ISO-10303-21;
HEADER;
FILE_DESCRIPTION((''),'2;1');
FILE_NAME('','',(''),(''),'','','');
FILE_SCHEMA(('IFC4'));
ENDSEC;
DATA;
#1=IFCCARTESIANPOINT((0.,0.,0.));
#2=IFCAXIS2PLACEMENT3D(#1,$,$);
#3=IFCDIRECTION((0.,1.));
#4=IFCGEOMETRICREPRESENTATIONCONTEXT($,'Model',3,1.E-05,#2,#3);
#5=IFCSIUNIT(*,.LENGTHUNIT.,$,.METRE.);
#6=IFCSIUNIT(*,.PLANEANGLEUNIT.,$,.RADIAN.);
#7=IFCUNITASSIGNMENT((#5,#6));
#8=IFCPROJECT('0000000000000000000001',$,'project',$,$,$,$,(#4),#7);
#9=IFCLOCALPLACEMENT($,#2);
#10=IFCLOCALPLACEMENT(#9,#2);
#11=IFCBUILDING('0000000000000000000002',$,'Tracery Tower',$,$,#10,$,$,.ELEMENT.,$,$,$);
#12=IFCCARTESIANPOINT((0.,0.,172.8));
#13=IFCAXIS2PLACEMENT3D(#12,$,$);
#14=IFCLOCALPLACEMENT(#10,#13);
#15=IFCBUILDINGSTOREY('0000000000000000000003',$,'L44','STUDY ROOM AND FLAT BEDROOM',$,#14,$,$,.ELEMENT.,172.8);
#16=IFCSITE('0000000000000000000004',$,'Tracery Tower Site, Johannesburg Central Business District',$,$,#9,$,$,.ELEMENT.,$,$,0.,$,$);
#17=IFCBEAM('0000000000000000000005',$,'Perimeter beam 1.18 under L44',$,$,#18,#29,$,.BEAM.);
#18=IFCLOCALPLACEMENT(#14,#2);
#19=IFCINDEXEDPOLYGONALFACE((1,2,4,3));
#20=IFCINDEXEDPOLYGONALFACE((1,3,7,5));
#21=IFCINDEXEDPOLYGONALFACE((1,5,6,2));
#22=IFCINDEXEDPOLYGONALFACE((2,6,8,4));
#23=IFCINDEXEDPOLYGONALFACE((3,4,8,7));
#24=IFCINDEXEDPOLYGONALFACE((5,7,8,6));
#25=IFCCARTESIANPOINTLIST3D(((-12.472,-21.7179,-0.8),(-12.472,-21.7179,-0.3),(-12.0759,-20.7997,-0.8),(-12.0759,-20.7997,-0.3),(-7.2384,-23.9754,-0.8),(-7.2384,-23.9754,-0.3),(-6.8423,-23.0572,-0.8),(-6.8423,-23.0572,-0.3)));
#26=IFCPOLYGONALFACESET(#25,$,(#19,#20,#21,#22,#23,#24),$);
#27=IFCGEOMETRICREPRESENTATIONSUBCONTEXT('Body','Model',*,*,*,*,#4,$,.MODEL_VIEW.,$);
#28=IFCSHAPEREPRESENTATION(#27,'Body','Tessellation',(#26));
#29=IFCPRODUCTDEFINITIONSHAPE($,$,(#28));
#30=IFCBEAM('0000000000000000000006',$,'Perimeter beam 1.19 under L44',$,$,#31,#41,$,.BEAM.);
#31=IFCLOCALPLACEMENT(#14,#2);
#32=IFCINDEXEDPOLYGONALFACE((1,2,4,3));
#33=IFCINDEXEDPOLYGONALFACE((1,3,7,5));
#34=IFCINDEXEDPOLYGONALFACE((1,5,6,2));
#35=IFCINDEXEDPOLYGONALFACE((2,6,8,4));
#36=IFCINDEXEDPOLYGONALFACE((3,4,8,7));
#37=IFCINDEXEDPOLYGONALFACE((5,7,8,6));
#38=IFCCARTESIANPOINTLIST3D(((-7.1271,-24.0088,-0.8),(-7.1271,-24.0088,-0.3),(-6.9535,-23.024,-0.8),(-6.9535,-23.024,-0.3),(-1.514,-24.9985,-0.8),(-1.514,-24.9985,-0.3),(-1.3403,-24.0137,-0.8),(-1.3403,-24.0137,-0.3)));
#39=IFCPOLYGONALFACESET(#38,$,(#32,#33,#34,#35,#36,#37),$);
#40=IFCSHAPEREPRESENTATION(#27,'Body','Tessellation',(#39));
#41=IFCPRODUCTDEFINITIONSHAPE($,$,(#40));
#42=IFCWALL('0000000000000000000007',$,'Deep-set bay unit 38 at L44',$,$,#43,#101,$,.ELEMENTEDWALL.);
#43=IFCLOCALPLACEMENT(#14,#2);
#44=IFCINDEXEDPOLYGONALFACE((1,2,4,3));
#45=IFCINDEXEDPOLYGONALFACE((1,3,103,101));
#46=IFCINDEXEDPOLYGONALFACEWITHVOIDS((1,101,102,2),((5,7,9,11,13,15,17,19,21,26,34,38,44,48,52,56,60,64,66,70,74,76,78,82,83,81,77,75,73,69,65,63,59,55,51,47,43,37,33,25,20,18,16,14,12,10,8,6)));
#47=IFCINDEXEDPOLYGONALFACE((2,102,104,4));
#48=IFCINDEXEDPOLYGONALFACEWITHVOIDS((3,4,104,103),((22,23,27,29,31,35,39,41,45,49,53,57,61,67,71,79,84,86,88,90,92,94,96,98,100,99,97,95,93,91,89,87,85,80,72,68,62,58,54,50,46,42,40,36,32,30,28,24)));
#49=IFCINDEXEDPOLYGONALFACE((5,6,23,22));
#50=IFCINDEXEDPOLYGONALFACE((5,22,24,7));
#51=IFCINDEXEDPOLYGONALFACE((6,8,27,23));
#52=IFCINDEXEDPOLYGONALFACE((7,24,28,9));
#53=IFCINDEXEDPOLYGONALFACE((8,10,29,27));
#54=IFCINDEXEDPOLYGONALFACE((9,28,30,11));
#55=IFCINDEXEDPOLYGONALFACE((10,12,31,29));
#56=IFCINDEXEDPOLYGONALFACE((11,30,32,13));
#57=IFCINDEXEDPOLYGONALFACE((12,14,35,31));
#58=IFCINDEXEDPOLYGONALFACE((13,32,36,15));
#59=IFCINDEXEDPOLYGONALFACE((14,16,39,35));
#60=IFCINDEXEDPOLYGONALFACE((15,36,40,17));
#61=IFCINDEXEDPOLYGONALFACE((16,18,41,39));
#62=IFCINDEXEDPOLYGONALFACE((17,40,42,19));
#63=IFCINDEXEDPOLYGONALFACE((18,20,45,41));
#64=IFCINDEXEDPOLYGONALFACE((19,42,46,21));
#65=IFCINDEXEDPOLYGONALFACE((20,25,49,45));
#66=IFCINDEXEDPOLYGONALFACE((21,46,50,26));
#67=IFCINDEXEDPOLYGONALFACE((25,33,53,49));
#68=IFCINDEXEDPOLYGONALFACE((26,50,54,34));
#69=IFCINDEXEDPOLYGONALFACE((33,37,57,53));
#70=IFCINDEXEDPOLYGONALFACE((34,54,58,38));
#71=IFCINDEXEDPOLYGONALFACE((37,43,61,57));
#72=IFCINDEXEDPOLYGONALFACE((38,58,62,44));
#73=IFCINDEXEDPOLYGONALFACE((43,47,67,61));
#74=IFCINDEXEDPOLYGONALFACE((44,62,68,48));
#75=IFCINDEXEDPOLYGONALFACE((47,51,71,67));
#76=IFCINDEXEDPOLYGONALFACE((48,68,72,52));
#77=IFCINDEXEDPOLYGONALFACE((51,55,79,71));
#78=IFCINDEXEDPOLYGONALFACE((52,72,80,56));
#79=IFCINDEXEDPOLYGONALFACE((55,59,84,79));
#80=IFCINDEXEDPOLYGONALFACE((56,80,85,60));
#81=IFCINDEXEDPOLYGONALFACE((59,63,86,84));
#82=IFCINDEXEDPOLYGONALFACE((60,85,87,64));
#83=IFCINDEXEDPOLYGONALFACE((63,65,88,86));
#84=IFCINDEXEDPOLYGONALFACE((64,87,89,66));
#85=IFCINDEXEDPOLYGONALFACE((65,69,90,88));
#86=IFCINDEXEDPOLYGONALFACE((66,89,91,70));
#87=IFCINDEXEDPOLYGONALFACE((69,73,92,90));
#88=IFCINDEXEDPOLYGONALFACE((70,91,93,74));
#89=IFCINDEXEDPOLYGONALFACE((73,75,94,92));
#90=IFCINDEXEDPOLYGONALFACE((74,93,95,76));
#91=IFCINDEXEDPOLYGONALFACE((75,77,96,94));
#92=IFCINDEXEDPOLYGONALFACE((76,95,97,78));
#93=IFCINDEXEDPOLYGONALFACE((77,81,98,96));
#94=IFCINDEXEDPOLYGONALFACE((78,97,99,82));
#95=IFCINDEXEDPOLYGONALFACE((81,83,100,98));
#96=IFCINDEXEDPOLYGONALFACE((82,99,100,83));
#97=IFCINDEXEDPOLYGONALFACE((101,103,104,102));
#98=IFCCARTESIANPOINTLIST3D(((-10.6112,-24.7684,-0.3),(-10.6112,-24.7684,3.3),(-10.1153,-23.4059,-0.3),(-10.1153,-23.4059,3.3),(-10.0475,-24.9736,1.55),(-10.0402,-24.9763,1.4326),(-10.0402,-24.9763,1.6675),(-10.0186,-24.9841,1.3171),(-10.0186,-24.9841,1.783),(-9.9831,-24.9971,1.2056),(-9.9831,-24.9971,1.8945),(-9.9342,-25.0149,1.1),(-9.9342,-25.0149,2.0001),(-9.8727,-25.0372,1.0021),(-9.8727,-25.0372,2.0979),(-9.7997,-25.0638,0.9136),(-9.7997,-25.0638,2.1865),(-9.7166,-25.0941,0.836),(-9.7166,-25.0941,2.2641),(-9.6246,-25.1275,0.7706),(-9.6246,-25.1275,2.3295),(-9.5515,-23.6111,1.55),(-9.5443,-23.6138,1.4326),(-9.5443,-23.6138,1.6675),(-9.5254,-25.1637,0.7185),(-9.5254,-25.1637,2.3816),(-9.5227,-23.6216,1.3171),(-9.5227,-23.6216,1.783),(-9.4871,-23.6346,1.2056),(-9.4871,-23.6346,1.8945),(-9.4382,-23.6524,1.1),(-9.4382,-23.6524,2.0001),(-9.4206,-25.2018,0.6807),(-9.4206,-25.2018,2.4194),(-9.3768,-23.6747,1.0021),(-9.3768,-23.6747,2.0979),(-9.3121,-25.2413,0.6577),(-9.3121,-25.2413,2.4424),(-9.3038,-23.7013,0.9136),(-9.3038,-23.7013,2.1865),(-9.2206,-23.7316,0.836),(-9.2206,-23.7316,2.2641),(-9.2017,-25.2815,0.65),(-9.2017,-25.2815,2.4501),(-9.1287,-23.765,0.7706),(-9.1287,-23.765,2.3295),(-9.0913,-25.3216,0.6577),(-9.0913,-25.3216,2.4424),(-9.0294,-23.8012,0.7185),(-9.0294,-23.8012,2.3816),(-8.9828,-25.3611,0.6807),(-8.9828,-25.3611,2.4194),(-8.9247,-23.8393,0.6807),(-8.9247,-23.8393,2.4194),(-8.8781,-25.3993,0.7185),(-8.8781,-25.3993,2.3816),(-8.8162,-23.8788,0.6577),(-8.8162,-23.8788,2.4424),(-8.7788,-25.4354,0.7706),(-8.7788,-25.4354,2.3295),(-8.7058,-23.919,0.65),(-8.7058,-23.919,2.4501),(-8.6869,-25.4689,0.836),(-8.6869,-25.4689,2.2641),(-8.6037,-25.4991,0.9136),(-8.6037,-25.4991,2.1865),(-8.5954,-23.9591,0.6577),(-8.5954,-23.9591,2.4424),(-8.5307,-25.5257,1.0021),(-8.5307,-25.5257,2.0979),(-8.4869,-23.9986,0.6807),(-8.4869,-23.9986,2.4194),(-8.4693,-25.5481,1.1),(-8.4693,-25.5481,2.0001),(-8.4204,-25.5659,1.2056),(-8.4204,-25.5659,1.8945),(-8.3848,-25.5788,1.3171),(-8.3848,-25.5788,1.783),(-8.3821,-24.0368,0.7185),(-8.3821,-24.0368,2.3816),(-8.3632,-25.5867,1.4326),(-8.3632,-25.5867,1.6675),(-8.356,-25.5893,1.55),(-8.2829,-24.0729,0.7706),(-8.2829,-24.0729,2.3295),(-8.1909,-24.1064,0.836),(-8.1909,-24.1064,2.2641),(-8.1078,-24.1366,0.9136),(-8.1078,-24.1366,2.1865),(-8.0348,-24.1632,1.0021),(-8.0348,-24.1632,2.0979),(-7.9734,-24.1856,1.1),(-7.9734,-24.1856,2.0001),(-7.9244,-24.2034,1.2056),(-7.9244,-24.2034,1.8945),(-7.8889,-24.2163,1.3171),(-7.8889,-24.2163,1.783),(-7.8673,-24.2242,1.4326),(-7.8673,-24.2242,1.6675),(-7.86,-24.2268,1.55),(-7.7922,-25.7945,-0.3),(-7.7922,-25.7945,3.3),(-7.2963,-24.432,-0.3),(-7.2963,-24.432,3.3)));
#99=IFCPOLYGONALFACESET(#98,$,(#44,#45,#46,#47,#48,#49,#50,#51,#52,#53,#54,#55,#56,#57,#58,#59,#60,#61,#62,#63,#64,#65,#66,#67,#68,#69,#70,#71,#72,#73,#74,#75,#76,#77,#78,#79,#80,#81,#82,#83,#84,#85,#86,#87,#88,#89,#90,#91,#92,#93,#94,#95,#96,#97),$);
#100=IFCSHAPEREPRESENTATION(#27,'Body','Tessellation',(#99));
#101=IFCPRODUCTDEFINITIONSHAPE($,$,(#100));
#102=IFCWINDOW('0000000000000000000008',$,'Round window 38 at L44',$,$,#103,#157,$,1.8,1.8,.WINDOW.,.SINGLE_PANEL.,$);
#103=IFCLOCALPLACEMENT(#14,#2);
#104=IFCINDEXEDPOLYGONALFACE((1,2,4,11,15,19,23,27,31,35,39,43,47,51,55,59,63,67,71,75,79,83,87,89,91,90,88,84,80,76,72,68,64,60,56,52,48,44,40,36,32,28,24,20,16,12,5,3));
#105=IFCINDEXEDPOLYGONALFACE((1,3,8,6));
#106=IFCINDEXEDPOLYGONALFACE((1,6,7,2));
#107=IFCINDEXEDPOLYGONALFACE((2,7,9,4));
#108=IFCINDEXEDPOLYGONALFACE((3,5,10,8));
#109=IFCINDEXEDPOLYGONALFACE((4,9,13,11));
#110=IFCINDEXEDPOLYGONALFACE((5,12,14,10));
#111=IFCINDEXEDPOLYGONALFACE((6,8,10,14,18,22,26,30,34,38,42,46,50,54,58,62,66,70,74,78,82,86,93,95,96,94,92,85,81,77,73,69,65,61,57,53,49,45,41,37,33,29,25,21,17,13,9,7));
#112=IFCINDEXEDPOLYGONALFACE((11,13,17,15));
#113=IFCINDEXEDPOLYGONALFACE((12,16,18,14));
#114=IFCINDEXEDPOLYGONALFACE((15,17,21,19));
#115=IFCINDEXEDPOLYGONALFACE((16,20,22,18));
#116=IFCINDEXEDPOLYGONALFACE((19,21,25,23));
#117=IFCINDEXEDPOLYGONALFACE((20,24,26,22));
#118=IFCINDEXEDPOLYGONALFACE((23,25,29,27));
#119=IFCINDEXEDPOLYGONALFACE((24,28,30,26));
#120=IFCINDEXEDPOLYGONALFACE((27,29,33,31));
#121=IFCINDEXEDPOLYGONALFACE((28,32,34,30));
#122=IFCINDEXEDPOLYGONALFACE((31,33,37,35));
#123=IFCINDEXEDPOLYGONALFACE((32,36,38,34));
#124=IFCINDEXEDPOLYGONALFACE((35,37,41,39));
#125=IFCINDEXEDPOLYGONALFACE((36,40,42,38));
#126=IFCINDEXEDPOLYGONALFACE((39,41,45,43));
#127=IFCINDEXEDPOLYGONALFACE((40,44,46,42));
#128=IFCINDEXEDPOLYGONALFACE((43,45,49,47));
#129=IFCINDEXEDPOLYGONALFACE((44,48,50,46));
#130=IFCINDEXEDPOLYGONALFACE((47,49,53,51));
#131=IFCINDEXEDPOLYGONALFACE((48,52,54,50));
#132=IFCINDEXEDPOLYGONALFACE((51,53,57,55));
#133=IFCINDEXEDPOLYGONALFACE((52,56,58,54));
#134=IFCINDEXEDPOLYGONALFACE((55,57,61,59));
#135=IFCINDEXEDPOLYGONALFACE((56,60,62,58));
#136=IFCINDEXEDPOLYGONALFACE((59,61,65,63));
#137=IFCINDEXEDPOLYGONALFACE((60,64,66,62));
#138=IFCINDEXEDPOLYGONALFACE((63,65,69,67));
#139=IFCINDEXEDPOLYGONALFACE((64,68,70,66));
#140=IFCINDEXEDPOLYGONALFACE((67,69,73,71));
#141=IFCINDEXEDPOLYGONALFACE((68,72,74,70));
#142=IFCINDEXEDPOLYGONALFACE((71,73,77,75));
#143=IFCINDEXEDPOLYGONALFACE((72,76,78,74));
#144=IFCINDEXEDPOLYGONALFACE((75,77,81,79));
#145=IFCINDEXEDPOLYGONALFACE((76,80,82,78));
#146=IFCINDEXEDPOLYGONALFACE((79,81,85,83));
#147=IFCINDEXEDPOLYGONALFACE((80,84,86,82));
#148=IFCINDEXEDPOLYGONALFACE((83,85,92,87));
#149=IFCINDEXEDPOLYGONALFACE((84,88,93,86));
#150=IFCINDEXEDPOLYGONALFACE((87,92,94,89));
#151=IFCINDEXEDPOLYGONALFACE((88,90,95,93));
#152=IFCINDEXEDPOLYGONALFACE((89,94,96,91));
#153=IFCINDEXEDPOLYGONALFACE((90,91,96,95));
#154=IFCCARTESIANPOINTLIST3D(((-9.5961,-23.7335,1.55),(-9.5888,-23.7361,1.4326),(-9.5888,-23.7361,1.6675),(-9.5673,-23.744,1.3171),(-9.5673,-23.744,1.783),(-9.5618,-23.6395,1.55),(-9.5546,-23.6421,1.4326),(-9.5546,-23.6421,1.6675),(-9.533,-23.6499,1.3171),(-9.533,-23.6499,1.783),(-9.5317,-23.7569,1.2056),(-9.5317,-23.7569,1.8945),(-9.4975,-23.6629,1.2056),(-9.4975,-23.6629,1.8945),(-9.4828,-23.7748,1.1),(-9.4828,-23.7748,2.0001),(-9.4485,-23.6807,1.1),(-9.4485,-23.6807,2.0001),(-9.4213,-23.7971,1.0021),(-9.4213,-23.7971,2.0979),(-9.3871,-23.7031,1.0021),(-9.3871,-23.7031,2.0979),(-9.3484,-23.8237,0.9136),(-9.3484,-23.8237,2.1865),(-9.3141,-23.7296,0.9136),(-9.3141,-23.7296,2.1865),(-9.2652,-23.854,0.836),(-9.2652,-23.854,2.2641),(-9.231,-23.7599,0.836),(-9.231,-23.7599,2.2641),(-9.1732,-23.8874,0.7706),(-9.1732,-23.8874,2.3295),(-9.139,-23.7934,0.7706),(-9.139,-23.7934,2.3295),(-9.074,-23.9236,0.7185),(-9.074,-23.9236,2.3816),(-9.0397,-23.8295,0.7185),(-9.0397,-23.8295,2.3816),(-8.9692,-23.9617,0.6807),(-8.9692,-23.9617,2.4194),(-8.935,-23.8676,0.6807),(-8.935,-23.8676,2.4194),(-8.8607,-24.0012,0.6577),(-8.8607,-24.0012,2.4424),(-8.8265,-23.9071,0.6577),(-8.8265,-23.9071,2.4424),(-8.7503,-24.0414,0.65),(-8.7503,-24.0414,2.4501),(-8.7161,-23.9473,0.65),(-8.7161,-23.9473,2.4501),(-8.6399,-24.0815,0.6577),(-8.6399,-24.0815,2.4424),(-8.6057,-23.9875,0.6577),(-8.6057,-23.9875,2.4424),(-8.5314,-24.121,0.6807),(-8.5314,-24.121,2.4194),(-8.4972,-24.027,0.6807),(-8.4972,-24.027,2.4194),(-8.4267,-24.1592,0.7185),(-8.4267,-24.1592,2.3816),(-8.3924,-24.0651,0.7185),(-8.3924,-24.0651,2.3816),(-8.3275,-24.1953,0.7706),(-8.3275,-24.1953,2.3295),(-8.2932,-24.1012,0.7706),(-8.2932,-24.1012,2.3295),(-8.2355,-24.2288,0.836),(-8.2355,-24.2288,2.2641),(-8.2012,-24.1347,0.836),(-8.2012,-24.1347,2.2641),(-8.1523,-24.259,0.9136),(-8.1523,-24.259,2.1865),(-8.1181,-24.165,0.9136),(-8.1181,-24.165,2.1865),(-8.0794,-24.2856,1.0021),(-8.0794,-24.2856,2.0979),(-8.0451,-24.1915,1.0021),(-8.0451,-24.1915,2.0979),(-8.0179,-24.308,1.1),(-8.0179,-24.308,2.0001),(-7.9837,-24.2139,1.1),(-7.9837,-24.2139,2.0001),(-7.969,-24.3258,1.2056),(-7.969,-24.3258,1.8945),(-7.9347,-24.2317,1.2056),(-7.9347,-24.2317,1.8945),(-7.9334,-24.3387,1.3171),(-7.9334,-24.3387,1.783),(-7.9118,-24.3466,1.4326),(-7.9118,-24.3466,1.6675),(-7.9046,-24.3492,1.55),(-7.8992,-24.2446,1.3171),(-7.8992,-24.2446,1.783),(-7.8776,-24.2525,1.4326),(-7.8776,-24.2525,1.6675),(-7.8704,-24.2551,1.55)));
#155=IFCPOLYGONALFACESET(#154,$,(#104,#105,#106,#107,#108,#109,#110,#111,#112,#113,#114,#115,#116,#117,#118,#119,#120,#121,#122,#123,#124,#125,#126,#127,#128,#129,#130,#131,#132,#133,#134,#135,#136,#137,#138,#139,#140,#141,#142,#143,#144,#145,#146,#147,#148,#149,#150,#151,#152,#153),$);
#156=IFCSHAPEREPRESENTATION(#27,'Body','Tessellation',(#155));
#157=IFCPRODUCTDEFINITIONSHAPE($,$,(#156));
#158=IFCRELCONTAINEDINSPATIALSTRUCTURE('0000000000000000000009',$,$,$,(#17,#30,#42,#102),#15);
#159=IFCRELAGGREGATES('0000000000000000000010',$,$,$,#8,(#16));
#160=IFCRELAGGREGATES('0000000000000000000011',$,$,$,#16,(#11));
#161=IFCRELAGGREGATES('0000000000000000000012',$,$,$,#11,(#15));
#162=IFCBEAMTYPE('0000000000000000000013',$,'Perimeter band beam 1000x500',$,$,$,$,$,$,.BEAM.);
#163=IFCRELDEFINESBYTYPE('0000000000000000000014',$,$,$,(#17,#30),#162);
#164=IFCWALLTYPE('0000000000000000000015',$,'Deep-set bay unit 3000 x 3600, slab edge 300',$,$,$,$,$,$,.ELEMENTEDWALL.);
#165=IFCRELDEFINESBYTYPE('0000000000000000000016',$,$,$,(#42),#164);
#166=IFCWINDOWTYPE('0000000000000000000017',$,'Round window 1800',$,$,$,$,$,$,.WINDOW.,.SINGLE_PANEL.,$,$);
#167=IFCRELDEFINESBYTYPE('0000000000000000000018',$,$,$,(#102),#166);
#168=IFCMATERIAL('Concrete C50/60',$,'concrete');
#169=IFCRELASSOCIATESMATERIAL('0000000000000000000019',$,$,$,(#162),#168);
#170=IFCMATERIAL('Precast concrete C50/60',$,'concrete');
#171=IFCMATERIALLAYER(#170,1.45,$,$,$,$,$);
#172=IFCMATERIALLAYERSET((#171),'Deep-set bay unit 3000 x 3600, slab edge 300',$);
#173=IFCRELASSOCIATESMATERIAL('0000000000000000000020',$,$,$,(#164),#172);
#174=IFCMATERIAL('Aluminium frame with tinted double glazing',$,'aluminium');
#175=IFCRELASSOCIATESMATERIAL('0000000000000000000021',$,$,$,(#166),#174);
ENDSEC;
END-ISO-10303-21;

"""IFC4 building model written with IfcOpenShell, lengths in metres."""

from ifc_helpers import new_model, si_unit, direction, frame, frame_2d, origin, origin_2d, place, context, subcontext, project, spatial, rectangle, circle, extrude, material, layer, layer_set, material_profile, profile_set, type_object, element, fill, save


model = new_model("IFC4")

# Units and contexts
model_context = context("Model", 3, precision=1e-05, world=origin(), true_north=direction((0.0, 1.0)))
body_context = subcontext(model_context, "Body", "Model", "MODEL_VIEW")
ifc_project = project(units=[si_unit("LENGTHUNIT", "METRE"), si_unit("PLANEANGLEUNIT", "RADIAN")], contexts=[model_context])

# Site, building, storey
site_placement = place(None, origin())
site = spatial("IfcSite", under=ifc_project, at=site_placement, Name="Tracery Tower Site, Johannesburg Central Business District", CompositionType="ELEMENT", RefElevation=0.0)
building_placement = place(site_placement, origin())
building = spatial("IfcBuilding", under=site, at=building_placement, Name="Tracery Tower", CompositionType="ELEMENT")
storey_placement = place(building_placement, frame((0.0, 0.0, 172.8)))
storey = spatial("IfcBuildingStorey", under=building, at=storey_placement, Name="L44", Description="STUDY ROOM AND FLAT BEDROOM", CompositionType="ELEMENT", Elevation=172.8)

# Beams
ifc_material_1 = material(Name="Concrete C50/60", Category="concrete")
ifc_material_profile_1 = material_profile(ifc_material_1, rectangle(XDim=1.0, YDim=0.5, at=origin_2d()), Name="RC 1000x500")
ifc_profile_set_1 = profile_set([ifc_material_profile_1], Name="Concrete C50/60")
beam_type = type_object("IfcBeamType", Name="Perimeter band beam 1000x500", PredefinedType="BEAM", material=ifc_profile_set_1)
for number, where, z_axis, x_axis, name in (
    (1, (-12.2739, -21.2588, -0.55), (0.918216, -0.396079, 0.0), (0.396079, 0.918216, 0.0), "Perimeter beam 1.18 under L44"),
    (2, (-7.0403, -23.5164, -0.55), (0.984807, -0.173651, 0.0), (0.173651, 0.984807, 0.0), "Perimeter beam 1.19 under L44"),
):
    element("IfcBeam", number, at=place(storey_placement, frame(where, z_axis=z_axis, x_axis=x_axis)), inside=storey, type_object=beam_type, Name=name, PredefinedType="BEAM", context=body_context, shape_type="SweptSolid", body=[
        extrude(rectangle(XDim=1.0, YDim=0.5, at=origin_2d()), origin(), (0.0, 0.0, 1.0), 5.6997),
    ])

# Wall, opening, window
ifc_material_2 = material(Name="Precast concrete C50/60", Category="concrete")
ifc_layer_1 = layer(ifc_material_2, 1.45)
ifc_layer_set_1 = layer_set([ifc_layer_1], Name="Deep-set bay unit 3000 x 3600, slab edge 300")
wall_type_1 = type_object("IfcWallType", Name="Deep-set bay unit 3000 x 3600, slab edge 300", PredefinedType="ELEMENTEDWALL", material=ifc_layer_set_1)
wall_1_placement = place(storey_placement, frame((-10.3633, -24.0872, -0.3), z_axis=(0.0, 0.0, 1.0), x_axis=(0.939686, -0.342037, 0.0)))
wall_1 = element("IfcWall", 3, at=wall_1_placement, inside=storey, type_object=wall_type_1, Name="Deep-set bay unit 38 at L44", PredefinedType="ELEMENTEDWALL", context=body_context, shape_type="SweptSolid", body=[
    extrude(rectangle(XDim=3.0, YDim=1.45, at=frame_2d((1.5, 0.0))), origin(), (0.0, 0.0, 1.0), 3.6001),
])
opening_1_placement = place(wall_1_placement, frame((1.5, 0.0, 1.8501)))
opening_1 = element("IfcOpeningElement", 4, at=opening_1_placement, cuts=wall_1, PredefinedType="OPENING", context=body_context, shape_type="SweptSolid", body=[
    extrude(circle(Radius=0.9, at=origin_2d()), frame((0.0, 0.7349, 0.0), z_axis=(0.0, -1.0, 0.0), x_axis=(1.0, 0.0, 0.0)), (0.0, 0.0, 1.0), 1.47),
])
ifc_material_3 = material(Name="Aluminium frame with tinted double glazing", Category="aluminium")
window_type = type_object("IfcWindowType", Name="Round window 1800", PartitioningType="SINGLE_PANEL", PredefinedType="WINDOW", material=ifc_material_3)
window_1_placement = place(opening_1_placement, origin())
window_1 = element("IfcWindow", 5, at=window_1_placement, inside=storey, type_object=window_type, Name="Round window 38 at L44", OverallHeight=1.8, OverallWidth=1.8, PartitioningType="SINGLE_PANEL", PredefinedType="WINDOW", context=body_context, shape_type="SweptSolid", body=[
    extrude(circle(Radius=0.9, at=origin_2d()), frame((0.0, 0.6948, 0.0), z_axis=(0.0, -1.0, 0.0), x_axis=(1.0, 0.0, 0.0)), (0.0, 0.0, 1.0), 0.1001),
])
fill(opening_1, window_1)

save(model, "model.ifc")
